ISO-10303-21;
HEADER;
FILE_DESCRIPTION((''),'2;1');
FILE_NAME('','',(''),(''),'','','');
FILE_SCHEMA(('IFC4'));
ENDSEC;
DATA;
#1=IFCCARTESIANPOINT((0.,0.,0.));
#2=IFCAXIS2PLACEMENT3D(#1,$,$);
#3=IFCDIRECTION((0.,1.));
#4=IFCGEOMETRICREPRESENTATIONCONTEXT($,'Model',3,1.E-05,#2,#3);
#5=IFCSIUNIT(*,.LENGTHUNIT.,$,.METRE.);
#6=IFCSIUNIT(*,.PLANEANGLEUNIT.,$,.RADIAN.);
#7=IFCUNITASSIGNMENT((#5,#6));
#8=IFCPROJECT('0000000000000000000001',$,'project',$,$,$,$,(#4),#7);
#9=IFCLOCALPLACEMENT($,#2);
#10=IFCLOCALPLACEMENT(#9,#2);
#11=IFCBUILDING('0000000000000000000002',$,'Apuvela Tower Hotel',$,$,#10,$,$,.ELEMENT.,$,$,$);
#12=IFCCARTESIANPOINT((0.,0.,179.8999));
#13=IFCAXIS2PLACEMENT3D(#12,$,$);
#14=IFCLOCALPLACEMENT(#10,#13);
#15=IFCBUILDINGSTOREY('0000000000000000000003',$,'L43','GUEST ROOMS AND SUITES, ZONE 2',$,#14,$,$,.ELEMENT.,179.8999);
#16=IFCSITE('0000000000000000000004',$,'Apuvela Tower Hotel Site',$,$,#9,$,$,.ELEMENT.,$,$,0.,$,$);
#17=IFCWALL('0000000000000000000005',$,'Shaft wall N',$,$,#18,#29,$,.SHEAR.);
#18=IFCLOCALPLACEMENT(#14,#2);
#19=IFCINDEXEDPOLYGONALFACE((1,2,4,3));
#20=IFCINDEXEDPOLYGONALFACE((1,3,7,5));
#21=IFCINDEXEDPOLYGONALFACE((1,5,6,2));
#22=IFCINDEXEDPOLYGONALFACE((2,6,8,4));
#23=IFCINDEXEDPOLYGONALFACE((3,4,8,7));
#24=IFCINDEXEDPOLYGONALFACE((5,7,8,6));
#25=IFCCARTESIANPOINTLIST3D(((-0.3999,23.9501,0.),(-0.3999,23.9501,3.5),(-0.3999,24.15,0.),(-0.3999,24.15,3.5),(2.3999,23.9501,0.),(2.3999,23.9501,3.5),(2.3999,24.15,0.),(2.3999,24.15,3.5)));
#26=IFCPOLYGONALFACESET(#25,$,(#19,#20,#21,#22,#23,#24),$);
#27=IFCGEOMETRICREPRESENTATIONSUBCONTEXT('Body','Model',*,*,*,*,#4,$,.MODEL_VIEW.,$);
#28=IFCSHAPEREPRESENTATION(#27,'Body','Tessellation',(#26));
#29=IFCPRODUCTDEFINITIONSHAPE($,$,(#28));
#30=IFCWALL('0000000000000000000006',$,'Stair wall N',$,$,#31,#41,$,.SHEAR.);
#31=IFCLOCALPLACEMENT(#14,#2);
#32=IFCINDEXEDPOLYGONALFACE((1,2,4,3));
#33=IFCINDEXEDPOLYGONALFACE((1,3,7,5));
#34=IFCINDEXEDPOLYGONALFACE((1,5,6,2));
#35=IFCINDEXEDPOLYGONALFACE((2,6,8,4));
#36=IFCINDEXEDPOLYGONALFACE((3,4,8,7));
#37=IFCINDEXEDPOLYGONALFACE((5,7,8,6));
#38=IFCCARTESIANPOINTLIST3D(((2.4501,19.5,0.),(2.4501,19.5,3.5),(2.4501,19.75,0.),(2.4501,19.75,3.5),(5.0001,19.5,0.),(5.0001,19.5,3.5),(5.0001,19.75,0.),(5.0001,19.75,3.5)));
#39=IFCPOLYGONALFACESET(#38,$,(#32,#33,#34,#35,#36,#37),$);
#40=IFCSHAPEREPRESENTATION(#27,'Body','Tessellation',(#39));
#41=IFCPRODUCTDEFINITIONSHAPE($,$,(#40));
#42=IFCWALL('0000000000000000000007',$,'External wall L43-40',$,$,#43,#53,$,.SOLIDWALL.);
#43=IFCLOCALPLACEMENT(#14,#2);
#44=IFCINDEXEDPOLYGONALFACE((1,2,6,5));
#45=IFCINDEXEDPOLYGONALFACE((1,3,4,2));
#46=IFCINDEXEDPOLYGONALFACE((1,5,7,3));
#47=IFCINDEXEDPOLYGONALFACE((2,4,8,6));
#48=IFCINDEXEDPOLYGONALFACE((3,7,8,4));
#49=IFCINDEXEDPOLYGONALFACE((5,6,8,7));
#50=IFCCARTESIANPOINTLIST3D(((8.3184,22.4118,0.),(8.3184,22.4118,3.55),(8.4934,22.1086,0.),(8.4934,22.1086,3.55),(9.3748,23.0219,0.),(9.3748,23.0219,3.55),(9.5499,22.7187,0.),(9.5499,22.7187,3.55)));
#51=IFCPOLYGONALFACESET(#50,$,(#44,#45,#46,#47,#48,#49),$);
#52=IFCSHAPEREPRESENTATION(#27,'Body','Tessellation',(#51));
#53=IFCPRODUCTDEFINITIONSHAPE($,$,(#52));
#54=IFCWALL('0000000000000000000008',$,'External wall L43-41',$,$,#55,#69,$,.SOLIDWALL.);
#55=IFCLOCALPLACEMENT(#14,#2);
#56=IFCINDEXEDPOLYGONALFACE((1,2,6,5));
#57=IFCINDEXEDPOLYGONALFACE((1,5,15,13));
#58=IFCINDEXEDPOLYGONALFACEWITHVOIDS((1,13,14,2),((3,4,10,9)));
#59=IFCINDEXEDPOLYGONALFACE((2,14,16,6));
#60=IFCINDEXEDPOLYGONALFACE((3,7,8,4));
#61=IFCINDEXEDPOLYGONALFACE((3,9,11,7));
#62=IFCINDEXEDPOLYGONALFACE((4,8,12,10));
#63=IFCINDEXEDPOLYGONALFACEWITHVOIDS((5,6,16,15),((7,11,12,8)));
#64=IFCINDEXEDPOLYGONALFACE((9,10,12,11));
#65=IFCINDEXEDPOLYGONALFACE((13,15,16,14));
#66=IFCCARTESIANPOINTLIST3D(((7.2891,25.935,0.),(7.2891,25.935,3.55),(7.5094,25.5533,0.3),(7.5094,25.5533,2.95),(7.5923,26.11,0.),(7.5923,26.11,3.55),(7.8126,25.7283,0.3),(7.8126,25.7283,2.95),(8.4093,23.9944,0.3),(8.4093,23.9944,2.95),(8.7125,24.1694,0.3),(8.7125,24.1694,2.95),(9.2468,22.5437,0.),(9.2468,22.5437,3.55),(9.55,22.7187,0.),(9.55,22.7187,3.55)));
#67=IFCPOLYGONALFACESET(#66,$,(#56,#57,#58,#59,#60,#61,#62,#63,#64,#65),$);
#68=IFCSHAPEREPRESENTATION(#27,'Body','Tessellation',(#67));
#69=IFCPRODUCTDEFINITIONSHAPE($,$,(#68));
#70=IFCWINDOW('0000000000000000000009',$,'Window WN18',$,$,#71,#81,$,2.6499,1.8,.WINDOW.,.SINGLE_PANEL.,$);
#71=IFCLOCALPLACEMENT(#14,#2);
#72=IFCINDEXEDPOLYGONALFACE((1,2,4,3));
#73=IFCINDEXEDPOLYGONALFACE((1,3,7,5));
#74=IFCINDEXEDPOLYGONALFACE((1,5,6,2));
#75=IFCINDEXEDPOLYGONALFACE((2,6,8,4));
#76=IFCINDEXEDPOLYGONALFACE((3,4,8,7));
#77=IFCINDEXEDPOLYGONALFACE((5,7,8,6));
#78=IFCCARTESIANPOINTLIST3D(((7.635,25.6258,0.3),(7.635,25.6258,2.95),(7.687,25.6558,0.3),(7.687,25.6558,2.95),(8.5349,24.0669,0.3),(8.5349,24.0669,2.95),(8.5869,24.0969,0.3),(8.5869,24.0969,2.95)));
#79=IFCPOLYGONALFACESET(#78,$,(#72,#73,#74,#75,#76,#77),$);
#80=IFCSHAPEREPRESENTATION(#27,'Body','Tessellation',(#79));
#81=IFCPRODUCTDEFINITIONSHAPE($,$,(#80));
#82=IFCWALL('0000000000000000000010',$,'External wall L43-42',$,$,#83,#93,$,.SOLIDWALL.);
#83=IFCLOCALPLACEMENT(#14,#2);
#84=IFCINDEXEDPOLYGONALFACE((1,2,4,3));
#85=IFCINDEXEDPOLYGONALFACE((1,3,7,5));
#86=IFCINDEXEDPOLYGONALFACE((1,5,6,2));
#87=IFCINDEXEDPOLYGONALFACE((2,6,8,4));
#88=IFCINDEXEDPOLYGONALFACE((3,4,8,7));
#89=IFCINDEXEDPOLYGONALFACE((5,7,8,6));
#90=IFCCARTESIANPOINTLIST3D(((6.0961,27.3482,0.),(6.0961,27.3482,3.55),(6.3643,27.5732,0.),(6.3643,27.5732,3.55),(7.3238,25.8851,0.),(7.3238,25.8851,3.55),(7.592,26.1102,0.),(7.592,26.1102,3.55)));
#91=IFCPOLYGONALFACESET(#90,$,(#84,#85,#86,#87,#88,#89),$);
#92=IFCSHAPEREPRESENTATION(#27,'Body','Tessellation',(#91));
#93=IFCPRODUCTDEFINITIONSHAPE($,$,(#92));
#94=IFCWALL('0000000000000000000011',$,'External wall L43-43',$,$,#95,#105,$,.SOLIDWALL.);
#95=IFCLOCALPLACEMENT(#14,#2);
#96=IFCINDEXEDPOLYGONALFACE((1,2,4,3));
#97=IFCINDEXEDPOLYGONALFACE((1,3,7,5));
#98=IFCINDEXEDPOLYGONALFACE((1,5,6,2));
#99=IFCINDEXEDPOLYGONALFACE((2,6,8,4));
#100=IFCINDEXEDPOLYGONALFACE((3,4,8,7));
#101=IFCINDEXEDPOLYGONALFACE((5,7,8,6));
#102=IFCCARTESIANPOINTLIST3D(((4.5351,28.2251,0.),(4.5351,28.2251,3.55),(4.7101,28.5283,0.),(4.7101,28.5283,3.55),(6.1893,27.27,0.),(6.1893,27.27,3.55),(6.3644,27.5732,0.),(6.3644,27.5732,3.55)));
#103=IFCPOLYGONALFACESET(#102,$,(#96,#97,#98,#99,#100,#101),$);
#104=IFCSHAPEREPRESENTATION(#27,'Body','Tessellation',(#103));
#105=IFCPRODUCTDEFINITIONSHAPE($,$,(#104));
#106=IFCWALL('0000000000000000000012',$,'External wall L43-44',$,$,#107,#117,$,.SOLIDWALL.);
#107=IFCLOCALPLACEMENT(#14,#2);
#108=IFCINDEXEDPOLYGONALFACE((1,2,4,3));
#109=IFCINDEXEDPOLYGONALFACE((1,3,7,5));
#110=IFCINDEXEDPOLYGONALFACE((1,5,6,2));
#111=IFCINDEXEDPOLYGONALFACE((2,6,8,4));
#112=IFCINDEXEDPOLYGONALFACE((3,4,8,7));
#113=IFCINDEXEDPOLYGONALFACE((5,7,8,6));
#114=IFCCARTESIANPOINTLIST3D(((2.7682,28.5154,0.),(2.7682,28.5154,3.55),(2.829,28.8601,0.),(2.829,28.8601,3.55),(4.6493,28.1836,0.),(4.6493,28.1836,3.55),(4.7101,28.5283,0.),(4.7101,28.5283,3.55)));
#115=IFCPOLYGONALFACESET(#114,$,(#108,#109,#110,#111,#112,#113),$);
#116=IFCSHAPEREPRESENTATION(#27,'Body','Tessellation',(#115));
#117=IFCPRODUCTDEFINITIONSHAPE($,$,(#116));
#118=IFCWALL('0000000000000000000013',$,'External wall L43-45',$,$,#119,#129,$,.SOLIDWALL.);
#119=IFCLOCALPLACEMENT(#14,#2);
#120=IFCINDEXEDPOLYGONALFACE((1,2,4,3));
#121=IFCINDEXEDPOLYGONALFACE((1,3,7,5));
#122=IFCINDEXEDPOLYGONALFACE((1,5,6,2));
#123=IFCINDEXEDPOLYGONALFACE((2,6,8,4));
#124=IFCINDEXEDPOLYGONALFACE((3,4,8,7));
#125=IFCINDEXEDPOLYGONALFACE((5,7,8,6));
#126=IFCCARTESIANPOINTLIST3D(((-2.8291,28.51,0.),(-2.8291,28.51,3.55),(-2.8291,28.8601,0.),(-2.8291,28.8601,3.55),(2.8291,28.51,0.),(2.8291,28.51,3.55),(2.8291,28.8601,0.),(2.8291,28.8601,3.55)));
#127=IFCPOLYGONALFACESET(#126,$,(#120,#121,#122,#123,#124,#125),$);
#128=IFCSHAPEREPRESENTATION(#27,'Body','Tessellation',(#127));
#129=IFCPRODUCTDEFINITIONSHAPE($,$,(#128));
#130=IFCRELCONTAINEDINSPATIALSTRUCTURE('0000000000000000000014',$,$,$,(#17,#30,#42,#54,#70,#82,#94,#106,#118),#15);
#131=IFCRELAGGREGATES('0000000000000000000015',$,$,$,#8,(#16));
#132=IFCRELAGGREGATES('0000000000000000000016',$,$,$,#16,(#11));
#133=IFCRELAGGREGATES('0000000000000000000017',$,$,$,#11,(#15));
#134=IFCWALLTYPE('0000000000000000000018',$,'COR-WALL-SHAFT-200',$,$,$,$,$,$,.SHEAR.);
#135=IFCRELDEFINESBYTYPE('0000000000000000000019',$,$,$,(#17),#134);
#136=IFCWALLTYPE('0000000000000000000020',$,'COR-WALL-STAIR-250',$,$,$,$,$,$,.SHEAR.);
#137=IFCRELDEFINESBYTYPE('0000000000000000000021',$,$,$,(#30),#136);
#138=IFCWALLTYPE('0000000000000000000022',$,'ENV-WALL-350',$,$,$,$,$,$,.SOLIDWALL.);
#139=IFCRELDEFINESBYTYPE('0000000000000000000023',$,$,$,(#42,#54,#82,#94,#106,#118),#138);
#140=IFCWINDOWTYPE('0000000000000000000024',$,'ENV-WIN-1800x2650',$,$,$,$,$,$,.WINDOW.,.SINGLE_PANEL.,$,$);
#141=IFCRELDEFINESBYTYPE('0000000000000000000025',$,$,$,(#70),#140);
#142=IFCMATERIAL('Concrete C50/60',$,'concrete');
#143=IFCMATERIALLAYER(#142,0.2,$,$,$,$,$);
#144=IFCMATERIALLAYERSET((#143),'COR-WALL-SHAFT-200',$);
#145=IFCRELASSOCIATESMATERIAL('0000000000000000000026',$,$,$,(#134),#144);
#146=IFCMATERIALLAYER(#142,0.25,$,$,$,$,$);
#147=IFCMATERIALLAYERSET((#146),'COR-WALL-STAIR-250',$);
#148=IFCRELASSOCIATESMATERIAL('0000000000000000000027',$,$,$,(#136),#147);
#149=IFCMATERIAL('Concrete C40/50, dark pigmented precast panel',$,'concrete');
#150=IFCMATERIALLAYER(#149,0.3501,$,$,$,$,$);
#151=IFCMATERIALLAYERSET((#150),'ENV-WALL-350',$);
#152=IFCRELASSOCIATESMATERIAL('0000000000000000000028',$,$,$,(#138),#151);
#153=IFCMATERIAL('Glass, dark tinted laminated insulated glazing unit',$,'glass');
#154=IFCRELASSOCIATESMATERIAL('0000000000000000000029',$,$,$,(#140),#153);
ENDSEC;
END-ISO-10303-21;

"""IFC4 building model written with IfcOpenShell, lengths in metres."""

from ifc_helpers import new_model, si_unit, direction, frame, frame_2d, origin, place, context, subcontext, project, spatial, rectangle, extrude, material, layer, layer_set, type_object, element, fill, save


model = new_model("IFC4")

# Units and contexts
model_context = context("Model", 3, precision=1e-05, world=origin(), true_north=direction((0.0, 1.0)))
body_context = subcontext(model_context, "Body", "Model", "MODEL_VIEW")
ifc_project = project(units=[si_unit("LENGTHUNIT", "METRE"), si_unit("PLANEANGLEUNIT", "RADIAN")], contexts=[model_context])

# Site, building, storey
site_placement = place(None, origin())
site = spatial("IfcSite", under=ifc_project, at=site_placement, Name="Apuvela Tower Hotel Site", CompositionType="ELEMENT", RefElevation=0.0)
building_placement = place(site_placement, origin())
building = spatial("IfcBuilding", under=site, at=building_placement, Name="Apuvela Tower Hotel", CompositionType="ELEMENT")
storey_placement = place(building_placement, frame((0.0, 0.0, 179.8999)))
storey = spatial("IfcBuildingStorey", under=building, at=storey_placement, Name="L43", Description="GUEST ROOMS AND SUITES, ZONE 2", CompositionType="ELEMENT", Elevation=179.8999)

# Walls
ifc_material_1 = material(Name="Concrete C50/60", Category="concrete")
ifc_layer_1 = layer(ifc_material_1, 0.2)
ifc_layer_set_1 = layer_set([ifc_layer_1], Name="COR-WALL-SHAFT-200")
wall_type_1 = type_object("IfcWallType", Name="COR-WALL-SHAFT-200", PredefinedType="SHEAR", material=ifc_layer_set_1)
wall_1_placement = place(storey_placement, frame((2.3999, 24.05, 0.0), z_axis=(0.0, 0.0, 1.0), x_axis=(-1.0, 0.0, 0.0)))
element("IfcWall", 1, at=wall_1_placement, inside=storey, type_object=wall_type_1, Name="Shaft wall N", PredefinedType="SHEAR", context=body_context, shape_type="SweptSolid", body=[
    extrude(rectangle(XDim=2.7998, YDim=0.2, at=frame_2d((1.3999, 0.0))), origin(), (0.0, 0.0, 1.0), 3.5),
])
ifc_layer_2 = layer(ifc_material_1, 0.25)
ifc_layer_set_2 = layer_set([ifc_layer_2], Name="COR-WALL-STAIR-250")
wall_type_2 = type_object("IfcWallType", Name="COR-WALL-STAIR-250", PredefinedType="SHEAR", material=ifc_layer_set_2)
wall_2_placement = place(storey_placement, frame((5.0, 19.625, 0.0), z_axis=(0.0, 0.0, 1.0), x_axis=(-1.0, 0.0, 0.0)))
element("IfcWall", 2, at=wall_2_placement, inside=storey, type_object=wall_type_2, Name="Stair wall N", PredefinedType="SHEAR", context=body_context, shape_type="SweptSolid", body=[
    extrude(rectangle(XDim=2.55, YDim=0.25, at=frame_2d((1.2749, 0.0))), origin(), (0.0, 0.0, 1.0), 3.5),
])
ifc_material_2 = material(Name="Concrete C40/50, dark pigmented precast panel", Category="concrete")
ifc_layer_3 = layer(ifc_material_2, 0.3501)
ifc_layer_set_3 = layer_set([ifc_layer_3], Name="ENV-WALL-350")
wall_type_3 = type_object("IfcWallType", Name="ENV-WALL-350", PredefinedType="SOLIDWALL", material=ifc_layer_set_3)
wall_3_placement = place(storey_placement, frame((8.406, 22.2603, 0.0), z_axis=(0.0, 0.0, 1.0), x_axis=(0.865956, 0.500121, 0.0)))
element("IfcWall", 3, at=wall_3_placement, inside=storey, type_object=wall_type_3, Name="External wall L43-40", PredefinedType="SOLIDWALL", context=body_context, shape_type="SweptSolid", body=[
    extrude(rectangle(XDim=1.22, YDim=0.3501, at=frame_2d((0.6099, 0.0))), origin(), (0.0, 0.0, 1.0), 3.55),
])

# Wall, opening, window
wall_4_placement = place(storey_placement, frame((9.3984, 22.6311, 0.0), z_axis=(0.0, 0.0, 1.0), x_axis=(-0.499955, 0.866052, 0.0)))
wall_4 = element("IfcWall", 4, at=wall_4_placement, inside=storey, type_object=wall_type_3, Name="External wall L43-41", PredefinedType="SOLIDWALL", context=body_context, shape_type="SweptSolid", body=[
    extrude(rectangle(XDim=3.9158, YDim=0.3501, at=frame_2d((1.958, 0.0))), origin(), (0.0, 0.0, 1.0), 3.55),
])
opening_placement = place(wall_4_placement, frame((1.6753, 0.0, 0.3)))
opening = element("IfcOpeningElement", 5, at=opening_placement, cuts=wall_4, PredefinedType="OPENING", context=body_context, shape_type="SweptSolid", body=[
    extrude(rectangle(XDim=1.8, YDim=2.6499, at=frame_2d((0.8999, 1.325))), frame((0.0, 0.1851, 0.0), z_axis=(0.0, -1.0, 0.0), x_axis=(1.0, 0.0, 0.0)), (0.0, 0.0, 1.0), 0.3701),
])
ifc_material_3 = material(Name="Glass, dark tinted laminated insulated glazing unit", Category="glass")
window_type = type_object("IfcWindowType", Name="ENV-WIN-1800x2650", PartitioningType="SINGLE_PANEL", PredefinedType="WINDOW", material=ifc_material_3)
window_placement = place(opening_placement, origin())
window = element("IfcWindow", 6, at=window_placement, inside=storey, type_object=window_type, Name="Window WN18", OverallHeight=2.6499, OverallWidth=1.8, PartitioningType="SINGLE_PANEL", PredefinedType="WINDOW", context=body_context, shape_type="SweptSolid", body=[
    extrude(rectangle(XDim=1.8, YDim=2.6499, at=frame_2d((0.8999, 1.325))), frame((0.0, 0.03, 0.0), z_axis=(0.0, -1.0, 0.0), x_axis=(1.0, 0.0, 0.0)), (0.0, 0.0, 1.0), 0.0601),
])
fill(opening, window)

# Walls
wall_5_placement = place(storey_placement, frame((7.458, 25.9976, 0.0), z_axis=(0.0, 0.0, 1.0), x_axis=(-0.642808, 0.766027, 0.0)))
element("IfcWall", 7, at=wall_5_placement, inside=storey, type_object=wall_type_3, Name="External wall L43-42", PredefinedType="SOLIDWALL", context=body_context, shape_type="SweptSolid", body=[
    extrude(rectangle(XDim=1.9099, YDim=0.3501, at=frame_2d((0.9551, 0.0))), origin(), (0.0, 0.0, 1.0), 3.55),
])
for number, where, z_axis, x_axis, name in (
    (8, (6.2769, 27.4216, 0.0), (0.0, 0.0, 1.0), (-0.866032, 0.499988, 0.0), "External wall L43-43"),
    (9, (4.6797, 28.356, 0.0), (0.0, 0.0, 1.0), (-0.984799, 0.173698, 0.0), "External wall L43-44"),
):
    element("IfcWall", number, at=place(storey_placement, frame(where, z_axis=z_axis, x_axis=x_axis)), inside=storey, type_object=wall_type_3, Name=name, PredefinedType="SOLIDWALL", context=body_context, shape_type="SweptSolid", body=[
        extrude(rectangle(XDim=1.9102, YDim=0.3501, at=frame_2d((0.9551, 0.0))), origin(), (0.0, 0.0, 1.0), 3.55),
    ])
wall_6_placement = place(storey_placement, frame((2.8291, 28.6851, 0.0), z_axis=(0.0, 0.0, 1.0), x_axis=(-1.0, 0.0, 0.0)))
element("IfcWall", 10, at=wall_6_placement, inside=storey, type_object=wall_type_3, Name="External wall L43-45", PredefinedType="SOLIDWALL", context=body_context, shape_type="SweptSolid", body=[
    extrude(rectangle(XDim=5.6582, YDim=0.3501, at=frame_2d((2.8291, 0.0))), origin(), (0.0, 0.0, 1.0), 3.55),
])

save(model, "model.ifc")
